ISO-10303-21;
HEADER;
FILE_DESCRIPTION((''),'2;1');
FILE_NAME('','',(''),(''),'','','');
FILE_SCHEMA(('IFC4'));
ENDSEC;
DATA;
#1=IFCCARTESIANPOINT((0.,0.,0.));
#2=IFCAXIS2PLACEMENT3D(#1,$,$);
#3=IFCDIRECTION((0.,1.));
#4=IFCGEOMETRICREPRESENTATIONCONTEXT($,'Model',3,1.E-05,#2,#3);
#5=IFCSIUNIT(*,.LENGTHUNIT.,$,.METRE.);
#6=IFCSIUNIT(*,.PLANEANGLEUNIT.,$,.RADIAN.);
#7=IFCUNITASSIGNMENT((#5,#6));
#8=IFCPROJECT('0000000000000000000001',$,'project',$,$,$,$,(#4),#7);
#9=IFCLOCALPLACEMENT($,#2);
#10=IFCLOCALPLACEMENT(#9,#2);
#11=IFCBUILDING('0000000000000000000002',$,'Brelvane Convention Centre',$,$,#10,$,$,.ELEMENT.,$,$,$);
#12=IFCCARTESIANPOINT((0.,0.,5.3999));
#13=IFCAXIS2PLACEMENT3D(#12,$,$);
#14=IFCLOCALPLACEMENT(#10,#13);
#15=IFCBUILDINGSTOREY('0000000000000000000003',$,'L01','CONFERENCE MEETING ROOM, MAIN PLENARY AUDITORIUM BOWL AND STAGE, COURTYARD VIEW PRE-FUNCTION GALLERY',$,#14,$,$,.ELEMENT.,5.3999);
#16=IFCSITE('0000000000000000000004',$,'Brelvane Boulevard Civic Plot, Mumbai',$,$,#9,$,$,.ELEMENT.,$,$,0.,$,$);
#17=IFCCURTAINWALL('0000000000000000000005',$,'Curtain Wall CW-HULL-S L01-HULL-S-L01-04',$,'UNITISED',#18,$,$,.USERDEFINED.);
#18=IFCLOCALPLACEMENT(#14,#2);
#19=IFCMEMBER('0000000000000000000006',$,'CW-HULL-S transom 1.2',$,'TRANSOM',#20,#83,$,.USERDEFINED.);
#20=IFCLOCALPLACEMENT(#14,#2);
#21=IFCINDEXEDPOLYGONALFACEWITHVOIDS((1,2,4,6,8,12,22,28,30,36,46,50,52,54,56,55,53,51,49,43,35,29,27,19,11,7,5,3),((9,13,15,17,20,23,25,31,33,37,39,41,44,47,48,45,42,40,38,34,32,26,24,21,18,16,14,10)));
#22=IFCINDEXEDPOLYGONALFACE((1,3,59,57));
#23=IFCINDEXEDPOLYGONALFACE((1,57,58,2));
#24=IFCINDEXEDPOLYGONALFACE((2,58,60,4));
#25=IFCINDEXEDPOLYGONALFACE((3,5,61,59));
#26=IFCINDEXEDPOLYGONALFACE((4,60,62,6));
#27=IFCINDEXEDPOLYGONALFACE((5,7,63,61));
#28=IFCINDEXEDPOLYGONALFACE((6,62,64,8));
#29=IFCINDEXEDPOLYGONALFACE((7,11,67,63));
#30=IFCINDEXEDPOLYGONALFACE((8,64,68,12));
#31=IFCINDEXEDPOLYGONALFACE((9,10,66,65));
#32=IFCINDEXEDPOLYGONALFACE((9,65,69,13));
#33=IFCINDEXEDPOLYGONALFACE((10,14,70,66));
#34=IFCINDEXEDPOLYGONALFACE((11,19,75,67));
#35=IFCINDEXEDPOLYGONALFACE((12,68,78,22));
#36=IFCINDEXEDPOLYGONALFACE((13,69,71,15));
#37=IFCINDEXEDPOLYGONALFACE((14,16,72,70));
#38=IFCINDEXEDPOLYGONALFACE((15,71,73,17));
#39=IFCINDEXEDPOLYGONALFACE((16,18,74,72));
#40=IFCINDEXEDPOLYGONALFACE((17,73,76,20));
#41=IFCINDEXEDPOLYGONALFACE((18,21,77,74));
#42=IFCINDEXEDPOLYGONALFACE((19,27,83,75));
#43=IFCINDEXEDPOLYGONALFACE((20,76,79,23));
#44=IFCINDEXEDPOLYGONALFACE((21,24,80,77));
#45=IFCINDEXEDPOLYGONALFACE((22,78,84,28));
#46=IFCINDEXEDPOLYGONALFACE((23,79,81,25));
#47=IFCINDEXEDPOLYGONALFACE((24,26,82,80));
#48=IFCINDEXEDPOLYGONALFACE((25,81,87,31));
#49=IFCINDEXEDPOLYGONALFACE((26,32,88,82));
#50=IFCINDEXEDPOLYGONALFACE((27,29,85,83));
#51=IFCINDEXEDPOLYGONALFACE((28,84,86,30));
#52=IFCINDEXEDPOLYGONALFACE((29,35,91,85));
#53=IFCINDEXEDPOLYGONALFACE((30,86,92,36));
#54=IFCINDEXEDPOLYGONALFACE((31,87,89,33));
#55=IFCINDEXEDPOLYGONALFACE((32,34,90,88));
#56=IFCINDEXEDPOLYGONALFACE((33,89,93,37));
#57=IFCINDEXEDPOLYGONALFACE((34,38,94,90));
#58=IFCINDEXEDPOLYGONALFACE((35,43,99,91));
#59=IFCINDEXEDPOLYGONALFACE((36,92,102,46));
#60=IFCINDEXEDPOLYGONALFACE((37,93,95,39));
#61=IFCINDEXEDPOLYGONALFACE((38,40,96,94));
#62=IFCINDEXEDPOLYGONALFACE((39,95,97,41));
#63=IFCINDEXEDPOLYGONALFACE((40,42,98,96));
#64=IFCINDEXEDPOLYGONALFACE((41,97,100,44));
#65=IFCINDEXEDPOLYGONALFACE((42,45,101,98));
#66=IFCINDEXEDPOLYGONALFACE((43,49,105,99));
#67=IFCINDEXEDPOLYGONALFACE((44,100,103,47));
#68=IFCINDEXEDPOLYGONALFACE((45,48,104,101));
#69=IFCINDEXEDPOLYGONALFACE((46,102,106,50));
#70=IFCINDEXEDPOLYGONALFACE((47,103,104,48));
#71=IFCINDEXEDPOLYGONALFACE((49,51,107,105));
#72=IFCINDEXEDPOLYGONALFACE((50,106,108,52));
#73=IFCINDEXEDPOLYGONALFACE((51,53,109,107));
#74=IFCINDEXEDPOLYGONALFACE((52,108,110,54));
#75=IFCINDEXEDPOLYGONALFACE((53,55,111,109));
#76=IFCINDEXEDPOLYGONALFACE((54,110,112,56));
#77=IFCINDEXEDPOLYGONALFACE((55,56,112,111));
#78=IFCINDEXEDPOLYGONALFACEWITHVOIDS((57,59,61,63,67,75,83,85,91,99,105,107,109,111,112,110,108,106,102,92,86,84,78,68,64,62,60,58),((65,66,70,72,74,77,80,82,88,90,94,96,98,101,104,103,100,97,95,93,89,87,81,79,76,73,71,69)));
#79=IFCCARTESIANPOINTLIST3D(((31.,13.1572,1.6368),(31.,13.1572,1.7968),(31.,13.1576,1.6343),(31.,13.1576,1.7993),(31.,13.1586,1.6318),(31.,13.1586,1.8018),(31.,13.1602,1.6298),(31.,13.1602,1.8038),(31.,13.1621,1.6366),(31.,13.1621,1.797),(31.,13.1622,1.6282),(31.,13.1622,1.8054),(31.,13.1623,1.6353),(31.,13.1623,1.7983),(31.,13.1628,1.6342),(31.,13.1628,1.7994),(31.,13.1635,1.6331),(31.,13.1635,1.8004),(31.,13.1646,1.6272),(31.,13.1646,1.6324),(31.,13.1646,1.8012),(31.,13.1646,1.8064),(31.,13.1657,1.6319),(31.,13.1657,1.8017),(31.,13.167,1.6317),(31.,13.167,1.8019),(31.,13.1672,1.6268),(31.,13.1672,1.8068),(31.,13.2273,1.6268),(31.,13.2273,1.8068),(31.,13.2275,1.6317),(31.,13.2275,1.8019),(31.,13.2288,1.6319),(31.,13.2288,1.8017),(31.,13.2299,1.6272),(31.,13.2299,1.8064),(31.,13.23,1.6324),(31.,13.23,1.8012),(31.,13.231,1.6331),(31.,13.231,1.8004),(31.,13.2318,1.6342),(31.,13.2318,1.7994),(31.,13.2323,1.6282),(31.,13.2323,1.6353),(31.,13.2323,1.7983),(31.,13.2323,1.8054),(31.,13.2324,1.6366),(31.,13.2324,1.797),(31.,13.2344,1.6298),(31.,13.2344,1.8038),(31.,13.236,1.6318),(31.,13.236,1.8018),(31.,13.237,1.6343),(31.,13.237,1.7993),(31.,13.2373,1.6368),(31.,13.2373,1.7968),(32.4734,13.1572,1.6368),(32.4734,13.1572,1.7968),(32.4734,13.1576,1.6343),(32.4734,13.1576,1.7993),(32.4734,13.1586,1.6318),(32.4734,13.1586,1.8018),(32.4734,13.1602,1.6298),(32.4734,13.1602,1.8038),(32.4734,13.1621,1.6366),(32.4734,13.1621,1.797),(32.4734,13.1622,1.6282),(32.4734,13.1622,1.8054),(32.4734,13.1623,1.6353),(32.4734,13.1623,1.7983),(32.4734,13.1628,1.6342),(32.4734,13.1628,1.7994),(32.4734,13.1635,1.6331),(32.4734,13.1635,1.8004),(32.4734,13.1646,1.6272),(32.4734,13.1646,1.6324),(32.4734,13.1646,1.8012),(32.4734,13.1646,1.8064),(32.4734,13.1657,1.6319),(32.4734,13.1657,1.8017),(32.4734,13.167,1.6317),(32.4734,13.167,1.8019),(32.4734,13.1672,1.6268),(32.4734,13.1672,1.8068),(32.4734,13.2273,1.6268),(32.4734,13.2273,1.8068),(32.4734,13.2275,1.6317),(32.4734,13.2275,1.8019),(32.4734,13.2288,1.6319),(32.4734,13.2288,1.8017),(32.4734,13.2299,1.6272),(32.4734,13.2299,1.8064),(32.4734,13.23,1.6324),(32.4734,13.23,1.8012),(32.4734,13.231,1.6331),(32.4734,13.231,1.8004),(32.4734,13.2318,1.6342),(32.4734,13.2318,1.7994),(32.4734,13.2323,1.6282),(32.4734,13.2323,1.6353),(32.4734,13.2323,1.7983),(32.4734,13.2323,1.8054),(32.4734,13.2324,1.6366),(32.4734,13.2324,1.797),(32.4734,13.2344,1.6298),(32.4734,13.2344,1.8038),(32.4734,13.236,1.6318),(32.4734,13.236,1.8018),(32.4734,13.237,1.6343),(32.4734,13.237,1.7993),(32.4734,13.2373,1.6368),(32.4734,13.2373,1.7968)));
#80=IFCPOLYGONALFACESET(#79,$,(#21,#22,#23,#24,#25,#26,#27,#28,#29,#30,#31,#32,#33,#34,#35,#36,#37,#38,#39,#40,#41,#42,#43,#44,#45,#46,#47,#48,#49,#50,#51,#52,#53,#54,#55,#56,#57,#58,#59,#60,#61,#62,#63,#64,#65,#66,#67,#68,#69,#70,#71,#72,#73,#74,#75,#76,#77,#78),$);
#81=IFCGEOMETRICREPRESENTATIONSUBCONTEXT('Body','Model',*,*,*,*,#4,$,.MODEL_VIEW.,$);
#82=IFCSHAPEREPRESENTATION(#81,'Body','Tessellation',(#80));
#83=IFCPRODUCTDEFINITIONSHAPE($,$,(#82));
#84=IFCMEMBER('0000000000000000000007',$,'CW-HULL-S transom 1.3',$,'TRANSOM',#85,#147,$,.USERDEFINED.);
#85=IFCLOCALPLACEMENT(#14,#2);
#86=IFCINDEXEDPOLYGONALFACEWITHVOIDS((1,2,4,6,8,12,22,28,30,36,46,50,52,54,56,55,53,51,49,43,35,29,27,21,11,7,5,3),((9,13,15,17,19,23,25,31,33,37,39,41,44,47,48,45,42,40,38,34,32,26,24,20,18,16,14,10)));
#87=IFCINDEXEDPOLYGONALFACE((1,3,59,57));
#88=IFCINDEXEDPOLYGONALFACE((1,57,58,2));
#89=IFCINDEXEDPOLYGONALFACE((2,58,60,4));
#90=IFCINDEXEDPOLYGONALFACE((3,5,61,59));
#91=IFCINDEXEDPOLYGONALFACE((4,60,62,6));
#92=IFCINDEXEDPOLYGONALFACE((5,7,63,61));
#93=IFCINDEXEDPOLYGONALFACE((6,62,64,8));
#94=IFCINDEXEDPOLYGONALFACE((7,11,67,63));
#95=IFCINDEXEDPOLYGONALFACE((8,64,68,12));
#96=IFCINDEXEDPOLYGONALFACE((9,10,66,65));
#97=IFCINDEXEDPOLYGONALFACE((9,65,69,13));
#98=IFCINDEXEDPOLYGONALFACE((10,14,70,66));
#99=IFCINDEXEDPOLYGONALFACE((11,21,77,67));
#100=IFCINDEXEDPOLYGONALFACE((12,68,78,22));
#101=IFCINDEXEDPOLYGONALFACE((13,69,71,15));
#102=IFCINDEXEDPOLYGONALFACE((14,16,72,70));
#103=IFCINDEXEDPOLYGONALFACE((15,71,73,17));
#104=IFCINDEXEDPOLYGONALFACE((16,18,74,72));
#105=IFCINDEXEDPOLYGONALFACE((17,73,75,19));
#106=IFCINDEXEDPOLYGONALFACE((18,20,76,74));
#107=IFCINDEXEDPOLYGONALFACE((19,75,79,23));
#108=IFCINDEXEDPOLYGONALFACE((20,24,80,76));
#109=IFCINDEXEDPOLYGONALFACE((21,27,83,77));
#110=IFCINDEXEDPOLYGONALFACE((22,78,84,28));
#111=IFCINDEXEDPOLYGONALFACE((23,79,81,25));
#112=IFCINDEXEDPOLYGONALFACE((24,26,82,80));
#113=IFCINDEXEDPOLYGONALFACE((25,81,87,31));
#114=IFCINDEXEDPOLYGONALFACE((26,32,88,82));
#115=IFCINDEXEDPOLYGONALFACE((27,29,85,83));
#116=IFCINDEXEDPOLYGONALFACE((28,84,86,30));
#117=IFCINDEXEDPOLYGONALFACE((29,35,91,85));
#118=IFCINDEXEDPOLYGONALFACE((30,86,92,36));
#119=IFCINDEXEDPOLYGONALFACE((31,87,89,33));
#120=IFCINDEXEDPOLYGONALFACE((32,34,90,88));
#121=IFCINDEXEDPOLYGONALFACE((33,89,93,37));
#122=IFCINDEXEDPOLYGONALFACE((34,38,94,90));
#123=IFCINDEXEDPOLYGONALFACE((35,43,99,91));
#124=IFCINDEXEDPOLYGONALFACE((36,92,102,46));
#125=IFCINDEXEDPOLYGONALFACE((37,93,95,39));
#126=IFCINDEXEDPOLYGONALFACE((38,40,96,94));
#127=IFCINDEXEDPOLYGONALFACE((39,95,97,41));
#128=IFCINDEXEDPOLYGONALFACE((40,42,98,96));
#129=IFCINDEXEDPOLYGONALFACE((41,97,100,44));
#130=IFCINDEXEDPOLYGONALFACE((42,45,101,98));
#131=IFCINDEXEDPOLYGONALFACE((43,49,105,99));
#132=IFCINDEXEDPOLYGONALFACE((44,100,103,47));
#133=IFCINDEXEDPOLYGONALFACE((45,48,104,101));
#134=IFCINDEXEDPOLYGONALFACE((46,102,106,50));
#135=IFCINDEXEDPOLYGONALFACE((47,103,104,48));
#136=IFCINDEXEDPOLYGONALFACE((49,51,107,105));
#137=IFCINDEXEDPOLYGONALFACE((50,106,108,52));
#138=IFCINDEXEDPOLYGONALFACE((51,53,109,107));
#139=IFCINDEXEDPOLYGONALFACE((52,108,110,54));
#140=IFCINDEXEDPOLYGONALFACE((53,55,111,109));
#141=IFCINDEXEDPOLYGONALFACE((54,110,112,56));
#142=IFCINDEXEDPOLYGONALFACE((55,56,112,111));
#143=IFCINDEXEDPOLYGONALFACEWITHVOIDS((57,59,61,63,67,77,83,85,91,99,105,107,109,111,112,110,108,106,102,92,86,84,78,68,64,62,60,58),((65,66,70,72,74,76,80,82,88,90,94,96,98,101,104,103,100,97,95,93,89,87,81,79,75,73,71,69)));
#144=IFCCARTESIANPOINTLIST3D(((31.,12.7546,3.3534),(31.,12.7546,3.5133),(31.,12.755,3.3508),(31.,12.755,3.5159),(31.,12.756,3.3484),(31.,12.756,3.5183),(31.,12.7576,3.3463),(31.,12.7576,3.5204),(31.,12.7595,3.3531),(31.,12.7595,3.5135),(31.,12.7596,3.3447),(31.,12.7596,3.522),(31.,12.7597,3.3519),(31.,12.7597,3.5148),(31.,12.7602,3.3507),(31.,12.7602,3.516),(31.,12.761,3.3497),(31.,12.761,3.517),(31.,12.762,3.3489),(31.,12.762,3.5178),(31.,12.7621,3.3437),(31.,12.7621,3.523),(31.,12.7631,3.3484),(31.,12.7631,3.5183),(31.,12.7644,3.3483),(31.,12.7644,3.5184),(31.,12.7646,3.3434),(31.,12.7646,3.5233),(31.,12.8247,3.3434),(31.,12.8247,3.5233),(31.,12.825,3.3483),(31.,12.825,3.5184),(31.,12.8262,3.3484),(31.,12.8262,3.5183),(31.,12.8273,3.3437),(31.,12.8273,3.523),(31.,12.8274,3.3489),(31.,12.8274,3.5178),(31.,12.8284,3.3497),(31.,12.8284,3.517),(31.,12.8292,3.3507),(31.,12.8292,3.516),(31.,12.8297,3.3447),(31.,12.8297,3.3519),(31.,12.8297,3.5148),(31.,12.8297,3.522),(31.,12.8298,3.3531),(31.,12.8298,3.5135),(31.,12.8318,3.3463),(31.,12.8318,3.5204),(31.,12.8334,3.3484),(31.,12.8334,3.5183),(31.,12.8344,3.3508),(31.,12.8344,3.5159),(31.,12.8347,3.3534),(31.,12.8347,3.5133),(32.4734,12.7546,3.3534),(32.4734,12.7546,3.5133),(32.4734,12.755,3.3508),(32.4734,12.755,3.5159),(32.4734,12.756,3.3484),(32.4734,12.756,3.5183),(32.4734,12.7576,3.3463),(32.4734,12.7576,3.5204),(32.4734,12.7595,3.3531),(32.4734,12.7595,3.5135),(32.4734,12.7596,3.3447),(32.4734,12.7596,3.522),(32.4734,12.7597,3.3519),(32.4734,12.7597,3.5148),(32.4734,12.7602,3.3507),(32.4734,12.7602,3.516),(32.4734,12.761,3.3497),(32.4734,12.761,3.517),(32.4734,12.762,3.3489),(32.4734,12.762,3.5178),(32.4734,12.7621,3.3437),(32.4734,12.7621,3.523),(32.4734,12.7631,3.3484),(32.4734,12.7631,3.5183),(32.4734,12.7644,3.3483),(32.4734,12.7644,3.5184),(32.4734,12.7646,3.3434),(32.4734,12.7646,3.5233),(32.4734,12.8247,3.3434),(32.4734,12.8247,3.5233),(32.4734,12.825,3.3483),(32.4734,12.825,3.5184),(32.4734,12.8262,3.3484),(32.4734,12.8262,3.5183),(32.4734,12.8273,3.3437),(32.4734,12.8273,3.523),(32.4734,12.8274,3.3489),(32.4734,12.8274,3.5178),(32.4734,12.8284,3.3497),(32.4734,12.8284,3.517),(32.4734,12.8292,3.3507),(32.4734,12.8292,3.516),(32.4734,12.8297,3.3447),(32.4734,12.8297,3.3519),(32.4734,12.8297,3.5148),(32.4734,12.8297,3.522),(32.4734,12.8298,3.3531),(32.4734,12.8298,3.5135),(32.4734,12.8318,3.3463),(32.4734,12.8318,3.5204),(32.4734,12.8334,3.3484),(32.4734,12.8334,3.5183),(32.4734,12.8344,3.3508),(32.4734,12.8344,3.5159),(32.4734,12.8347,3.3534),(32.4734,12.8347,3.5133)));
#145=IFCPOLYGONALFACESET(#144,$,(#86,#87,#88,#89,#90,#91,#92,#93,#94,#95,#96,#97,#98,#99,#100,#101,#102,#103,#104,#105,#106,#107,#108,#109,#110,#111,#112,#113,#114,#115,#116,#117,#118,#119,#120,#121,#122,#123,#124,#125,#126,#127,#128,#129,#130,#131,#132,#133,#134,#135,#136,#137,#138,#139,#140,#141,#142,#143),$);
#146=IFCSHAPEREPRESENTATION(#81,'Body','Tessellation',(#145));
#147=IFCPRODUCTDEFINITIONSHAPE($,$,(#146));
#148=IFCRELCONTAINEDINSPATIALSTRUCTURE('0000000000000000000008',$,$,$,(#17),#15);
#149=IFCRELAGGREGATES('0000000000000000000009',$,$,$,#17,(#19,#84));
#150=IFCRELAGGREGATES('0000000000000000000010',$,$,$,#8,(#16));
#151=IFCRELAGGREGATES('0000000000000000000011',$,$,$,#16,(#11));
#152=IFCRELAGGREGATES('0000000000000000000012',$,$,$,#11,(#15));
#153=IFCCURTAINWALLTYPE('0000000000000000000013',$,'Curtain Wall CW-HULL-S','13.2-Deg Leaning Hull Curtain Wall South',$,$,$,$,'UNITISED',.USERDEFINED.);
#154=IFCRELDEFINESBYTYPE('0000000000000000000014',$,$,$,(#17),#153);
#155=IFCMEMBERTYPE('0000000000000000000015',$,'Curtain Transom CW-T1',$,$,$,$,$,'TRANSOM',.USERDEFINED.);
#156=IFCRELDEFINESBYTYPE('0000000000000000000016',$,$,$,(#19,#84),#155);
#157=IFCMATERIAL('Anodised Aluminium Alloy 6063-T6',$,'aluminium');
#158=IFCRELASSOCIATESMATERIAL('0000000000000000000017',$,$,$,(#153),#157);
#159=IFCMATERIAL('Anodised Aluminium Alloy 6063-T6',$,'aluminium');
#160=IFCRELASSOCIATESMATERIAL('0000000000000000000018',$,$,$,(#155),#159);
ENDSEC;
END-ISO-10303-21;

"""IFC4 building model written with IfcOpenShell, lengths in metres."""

from ifc_helpers import new_model, si_unit, direction, frame, origin, origin_2d, place, context, subcontext, project, spatial, hollow_rectangle, extrude, material, material_profile, profile_set, type_object, element, aggregate, save


model = new_model("IFC4")

# Units and contexts
model_context = context("Model", 3, precision=1e-05, world=origin(), true_north=direction((0.0, 1.0)))
body_context = subcontext(model_context, "Body", "Model", "MODEL_VIEW")
ifc_project = project(units=[si_unit("LENGTHUNIT", "METRE"), si_unit("PLANEANGLEUNIT", "RADIAN")], contexts=[model_context])

# Site, building, storey
site_placement = place(None, origin())
site = spatial("IfcSite", under=ifc_project, at=site_placement, Name="Brelvane Boulevard Civic Plot, Mumbai", CompositionType="ELEMENT", RefElevation=0.0)
building_placement = place(site_placement, origin())
building = spatial("IfcBuilding", under=site, at=building_placement, Name="Brelvane Convention Centre", CompositionType="ELEMENT")
storey_placement = place(building_placement, frame((0.0, 0.0, 5.3999)))
storey = spatial("IfcBuildingStorey", under=building, at=storey_placement, Name="L01", Description="CONFERENCE MEETING ROOM, MAIN PLENARY AUDITORIUM BOWL AND STAGE, COURTYARD VIEW PRE-FUNCTION GALLERY", CompositionType="ELEMENT", Elevation=5.3999)

# Curtain wall, members
ifc_material_1 = material(Name="Anodised Aluminium Alloy 6063-T6", Category="aluminium")
curtain_wall_type = type_object("IfcCurtainWallType", Name="Curtain Wall CW-HULL-S", Description="13.2-Deg Leaning Hull Curtain Wall South", ElementType="UNITISED", PredefinedType="USERDEFINED", material=ifc_material_1)
ifc_material_2 = material(Name="Anodised Aluminium Alloy 6063-T6", Category="aluminium")
ifc_material_profile = material_profile(ifc_material_2, hollow_rectangle(XDim=0.0801, YDim=0.1799, WallThickness=0.0049, InnerFilletRadius=0.0049, OuterFilletRadius=0.01, at=origin_2d()), Name="ALU-T 180x80x5.0")
ifc_profile_set = profile_set([ifc_material_profile], Name="Anodised Aluminium Alloy 6063-T6")
member_type = type_object("IfcMemberType", Name="Curtain Transom CW-T1", ElementType="TRANSOM", PredefinedType="USERDEFINED", material=ifc_profile_set)
curtain_wall_1_placement = place(storey_placement, origin())
curtain_wall_1 = element("IfcCurtainWall", 1, at=curtain_wall_1_placement, inside=storey, type_object=curtain_wall_type, Name="Curtain Wall CW-HULL-S L01-HULL-S-L01-04", ObjectType="UNITISED", PredefinedType="USERDEFINED")
member_1_placement = place(storey_placement, frame((31.0, 13.1973, 1.7168), z_axis=(1.0, 0.0, 0.0), x_axis=(0.0, 1.0, 0.0)))
member_1 = element("IfcMember", 2, at=member_1_placement, type_object=member_type, Name="CW-HULL-S transom 1.2", ObjectType="TRANSOM", PredefinedType="USERDEFINED", context=body_context, shape_type="SweptSolid", body=[
    extrude(hollow_rectangle(XDim=0.0801, YDim=0.1799, WallThickness=0.0049, InnerFilletRadius=0.0049, OuterFilletRadius=0.01, at=origin_2d()), origin(), (0.0, 0.0, 1.0), 1.4734),
])
member_2_placement = place(storey_placement, frame((31.0, 12.7947, 3.4333), z_axis=(1.0, 0.0, 0.0), x_axis=(0.0, 1.0, 0.0)))
member_2 = element("IfcMember", 3, at=member_2_placement, type_object=member_type, Name="CW-HULL-S transom 1.3", ObjectType="TRANSOM", PredefinedType="USERDEFINED", context=body_context, shape_type="SweptSolid", body=[
    extrude(hollow_rectangle(XDim=0.0801, YDim=0.1799, WallThickness=0.0049, InnerFilletRadius=0.0049, OuterFilletRadius=0.01, at=origin_2d()), origin(), (0.0, 0.0, 1.0), 1.4734),
])

aggregate(curtain_wall_1, [member_1, member_2])

save(model, "model.ifc")
